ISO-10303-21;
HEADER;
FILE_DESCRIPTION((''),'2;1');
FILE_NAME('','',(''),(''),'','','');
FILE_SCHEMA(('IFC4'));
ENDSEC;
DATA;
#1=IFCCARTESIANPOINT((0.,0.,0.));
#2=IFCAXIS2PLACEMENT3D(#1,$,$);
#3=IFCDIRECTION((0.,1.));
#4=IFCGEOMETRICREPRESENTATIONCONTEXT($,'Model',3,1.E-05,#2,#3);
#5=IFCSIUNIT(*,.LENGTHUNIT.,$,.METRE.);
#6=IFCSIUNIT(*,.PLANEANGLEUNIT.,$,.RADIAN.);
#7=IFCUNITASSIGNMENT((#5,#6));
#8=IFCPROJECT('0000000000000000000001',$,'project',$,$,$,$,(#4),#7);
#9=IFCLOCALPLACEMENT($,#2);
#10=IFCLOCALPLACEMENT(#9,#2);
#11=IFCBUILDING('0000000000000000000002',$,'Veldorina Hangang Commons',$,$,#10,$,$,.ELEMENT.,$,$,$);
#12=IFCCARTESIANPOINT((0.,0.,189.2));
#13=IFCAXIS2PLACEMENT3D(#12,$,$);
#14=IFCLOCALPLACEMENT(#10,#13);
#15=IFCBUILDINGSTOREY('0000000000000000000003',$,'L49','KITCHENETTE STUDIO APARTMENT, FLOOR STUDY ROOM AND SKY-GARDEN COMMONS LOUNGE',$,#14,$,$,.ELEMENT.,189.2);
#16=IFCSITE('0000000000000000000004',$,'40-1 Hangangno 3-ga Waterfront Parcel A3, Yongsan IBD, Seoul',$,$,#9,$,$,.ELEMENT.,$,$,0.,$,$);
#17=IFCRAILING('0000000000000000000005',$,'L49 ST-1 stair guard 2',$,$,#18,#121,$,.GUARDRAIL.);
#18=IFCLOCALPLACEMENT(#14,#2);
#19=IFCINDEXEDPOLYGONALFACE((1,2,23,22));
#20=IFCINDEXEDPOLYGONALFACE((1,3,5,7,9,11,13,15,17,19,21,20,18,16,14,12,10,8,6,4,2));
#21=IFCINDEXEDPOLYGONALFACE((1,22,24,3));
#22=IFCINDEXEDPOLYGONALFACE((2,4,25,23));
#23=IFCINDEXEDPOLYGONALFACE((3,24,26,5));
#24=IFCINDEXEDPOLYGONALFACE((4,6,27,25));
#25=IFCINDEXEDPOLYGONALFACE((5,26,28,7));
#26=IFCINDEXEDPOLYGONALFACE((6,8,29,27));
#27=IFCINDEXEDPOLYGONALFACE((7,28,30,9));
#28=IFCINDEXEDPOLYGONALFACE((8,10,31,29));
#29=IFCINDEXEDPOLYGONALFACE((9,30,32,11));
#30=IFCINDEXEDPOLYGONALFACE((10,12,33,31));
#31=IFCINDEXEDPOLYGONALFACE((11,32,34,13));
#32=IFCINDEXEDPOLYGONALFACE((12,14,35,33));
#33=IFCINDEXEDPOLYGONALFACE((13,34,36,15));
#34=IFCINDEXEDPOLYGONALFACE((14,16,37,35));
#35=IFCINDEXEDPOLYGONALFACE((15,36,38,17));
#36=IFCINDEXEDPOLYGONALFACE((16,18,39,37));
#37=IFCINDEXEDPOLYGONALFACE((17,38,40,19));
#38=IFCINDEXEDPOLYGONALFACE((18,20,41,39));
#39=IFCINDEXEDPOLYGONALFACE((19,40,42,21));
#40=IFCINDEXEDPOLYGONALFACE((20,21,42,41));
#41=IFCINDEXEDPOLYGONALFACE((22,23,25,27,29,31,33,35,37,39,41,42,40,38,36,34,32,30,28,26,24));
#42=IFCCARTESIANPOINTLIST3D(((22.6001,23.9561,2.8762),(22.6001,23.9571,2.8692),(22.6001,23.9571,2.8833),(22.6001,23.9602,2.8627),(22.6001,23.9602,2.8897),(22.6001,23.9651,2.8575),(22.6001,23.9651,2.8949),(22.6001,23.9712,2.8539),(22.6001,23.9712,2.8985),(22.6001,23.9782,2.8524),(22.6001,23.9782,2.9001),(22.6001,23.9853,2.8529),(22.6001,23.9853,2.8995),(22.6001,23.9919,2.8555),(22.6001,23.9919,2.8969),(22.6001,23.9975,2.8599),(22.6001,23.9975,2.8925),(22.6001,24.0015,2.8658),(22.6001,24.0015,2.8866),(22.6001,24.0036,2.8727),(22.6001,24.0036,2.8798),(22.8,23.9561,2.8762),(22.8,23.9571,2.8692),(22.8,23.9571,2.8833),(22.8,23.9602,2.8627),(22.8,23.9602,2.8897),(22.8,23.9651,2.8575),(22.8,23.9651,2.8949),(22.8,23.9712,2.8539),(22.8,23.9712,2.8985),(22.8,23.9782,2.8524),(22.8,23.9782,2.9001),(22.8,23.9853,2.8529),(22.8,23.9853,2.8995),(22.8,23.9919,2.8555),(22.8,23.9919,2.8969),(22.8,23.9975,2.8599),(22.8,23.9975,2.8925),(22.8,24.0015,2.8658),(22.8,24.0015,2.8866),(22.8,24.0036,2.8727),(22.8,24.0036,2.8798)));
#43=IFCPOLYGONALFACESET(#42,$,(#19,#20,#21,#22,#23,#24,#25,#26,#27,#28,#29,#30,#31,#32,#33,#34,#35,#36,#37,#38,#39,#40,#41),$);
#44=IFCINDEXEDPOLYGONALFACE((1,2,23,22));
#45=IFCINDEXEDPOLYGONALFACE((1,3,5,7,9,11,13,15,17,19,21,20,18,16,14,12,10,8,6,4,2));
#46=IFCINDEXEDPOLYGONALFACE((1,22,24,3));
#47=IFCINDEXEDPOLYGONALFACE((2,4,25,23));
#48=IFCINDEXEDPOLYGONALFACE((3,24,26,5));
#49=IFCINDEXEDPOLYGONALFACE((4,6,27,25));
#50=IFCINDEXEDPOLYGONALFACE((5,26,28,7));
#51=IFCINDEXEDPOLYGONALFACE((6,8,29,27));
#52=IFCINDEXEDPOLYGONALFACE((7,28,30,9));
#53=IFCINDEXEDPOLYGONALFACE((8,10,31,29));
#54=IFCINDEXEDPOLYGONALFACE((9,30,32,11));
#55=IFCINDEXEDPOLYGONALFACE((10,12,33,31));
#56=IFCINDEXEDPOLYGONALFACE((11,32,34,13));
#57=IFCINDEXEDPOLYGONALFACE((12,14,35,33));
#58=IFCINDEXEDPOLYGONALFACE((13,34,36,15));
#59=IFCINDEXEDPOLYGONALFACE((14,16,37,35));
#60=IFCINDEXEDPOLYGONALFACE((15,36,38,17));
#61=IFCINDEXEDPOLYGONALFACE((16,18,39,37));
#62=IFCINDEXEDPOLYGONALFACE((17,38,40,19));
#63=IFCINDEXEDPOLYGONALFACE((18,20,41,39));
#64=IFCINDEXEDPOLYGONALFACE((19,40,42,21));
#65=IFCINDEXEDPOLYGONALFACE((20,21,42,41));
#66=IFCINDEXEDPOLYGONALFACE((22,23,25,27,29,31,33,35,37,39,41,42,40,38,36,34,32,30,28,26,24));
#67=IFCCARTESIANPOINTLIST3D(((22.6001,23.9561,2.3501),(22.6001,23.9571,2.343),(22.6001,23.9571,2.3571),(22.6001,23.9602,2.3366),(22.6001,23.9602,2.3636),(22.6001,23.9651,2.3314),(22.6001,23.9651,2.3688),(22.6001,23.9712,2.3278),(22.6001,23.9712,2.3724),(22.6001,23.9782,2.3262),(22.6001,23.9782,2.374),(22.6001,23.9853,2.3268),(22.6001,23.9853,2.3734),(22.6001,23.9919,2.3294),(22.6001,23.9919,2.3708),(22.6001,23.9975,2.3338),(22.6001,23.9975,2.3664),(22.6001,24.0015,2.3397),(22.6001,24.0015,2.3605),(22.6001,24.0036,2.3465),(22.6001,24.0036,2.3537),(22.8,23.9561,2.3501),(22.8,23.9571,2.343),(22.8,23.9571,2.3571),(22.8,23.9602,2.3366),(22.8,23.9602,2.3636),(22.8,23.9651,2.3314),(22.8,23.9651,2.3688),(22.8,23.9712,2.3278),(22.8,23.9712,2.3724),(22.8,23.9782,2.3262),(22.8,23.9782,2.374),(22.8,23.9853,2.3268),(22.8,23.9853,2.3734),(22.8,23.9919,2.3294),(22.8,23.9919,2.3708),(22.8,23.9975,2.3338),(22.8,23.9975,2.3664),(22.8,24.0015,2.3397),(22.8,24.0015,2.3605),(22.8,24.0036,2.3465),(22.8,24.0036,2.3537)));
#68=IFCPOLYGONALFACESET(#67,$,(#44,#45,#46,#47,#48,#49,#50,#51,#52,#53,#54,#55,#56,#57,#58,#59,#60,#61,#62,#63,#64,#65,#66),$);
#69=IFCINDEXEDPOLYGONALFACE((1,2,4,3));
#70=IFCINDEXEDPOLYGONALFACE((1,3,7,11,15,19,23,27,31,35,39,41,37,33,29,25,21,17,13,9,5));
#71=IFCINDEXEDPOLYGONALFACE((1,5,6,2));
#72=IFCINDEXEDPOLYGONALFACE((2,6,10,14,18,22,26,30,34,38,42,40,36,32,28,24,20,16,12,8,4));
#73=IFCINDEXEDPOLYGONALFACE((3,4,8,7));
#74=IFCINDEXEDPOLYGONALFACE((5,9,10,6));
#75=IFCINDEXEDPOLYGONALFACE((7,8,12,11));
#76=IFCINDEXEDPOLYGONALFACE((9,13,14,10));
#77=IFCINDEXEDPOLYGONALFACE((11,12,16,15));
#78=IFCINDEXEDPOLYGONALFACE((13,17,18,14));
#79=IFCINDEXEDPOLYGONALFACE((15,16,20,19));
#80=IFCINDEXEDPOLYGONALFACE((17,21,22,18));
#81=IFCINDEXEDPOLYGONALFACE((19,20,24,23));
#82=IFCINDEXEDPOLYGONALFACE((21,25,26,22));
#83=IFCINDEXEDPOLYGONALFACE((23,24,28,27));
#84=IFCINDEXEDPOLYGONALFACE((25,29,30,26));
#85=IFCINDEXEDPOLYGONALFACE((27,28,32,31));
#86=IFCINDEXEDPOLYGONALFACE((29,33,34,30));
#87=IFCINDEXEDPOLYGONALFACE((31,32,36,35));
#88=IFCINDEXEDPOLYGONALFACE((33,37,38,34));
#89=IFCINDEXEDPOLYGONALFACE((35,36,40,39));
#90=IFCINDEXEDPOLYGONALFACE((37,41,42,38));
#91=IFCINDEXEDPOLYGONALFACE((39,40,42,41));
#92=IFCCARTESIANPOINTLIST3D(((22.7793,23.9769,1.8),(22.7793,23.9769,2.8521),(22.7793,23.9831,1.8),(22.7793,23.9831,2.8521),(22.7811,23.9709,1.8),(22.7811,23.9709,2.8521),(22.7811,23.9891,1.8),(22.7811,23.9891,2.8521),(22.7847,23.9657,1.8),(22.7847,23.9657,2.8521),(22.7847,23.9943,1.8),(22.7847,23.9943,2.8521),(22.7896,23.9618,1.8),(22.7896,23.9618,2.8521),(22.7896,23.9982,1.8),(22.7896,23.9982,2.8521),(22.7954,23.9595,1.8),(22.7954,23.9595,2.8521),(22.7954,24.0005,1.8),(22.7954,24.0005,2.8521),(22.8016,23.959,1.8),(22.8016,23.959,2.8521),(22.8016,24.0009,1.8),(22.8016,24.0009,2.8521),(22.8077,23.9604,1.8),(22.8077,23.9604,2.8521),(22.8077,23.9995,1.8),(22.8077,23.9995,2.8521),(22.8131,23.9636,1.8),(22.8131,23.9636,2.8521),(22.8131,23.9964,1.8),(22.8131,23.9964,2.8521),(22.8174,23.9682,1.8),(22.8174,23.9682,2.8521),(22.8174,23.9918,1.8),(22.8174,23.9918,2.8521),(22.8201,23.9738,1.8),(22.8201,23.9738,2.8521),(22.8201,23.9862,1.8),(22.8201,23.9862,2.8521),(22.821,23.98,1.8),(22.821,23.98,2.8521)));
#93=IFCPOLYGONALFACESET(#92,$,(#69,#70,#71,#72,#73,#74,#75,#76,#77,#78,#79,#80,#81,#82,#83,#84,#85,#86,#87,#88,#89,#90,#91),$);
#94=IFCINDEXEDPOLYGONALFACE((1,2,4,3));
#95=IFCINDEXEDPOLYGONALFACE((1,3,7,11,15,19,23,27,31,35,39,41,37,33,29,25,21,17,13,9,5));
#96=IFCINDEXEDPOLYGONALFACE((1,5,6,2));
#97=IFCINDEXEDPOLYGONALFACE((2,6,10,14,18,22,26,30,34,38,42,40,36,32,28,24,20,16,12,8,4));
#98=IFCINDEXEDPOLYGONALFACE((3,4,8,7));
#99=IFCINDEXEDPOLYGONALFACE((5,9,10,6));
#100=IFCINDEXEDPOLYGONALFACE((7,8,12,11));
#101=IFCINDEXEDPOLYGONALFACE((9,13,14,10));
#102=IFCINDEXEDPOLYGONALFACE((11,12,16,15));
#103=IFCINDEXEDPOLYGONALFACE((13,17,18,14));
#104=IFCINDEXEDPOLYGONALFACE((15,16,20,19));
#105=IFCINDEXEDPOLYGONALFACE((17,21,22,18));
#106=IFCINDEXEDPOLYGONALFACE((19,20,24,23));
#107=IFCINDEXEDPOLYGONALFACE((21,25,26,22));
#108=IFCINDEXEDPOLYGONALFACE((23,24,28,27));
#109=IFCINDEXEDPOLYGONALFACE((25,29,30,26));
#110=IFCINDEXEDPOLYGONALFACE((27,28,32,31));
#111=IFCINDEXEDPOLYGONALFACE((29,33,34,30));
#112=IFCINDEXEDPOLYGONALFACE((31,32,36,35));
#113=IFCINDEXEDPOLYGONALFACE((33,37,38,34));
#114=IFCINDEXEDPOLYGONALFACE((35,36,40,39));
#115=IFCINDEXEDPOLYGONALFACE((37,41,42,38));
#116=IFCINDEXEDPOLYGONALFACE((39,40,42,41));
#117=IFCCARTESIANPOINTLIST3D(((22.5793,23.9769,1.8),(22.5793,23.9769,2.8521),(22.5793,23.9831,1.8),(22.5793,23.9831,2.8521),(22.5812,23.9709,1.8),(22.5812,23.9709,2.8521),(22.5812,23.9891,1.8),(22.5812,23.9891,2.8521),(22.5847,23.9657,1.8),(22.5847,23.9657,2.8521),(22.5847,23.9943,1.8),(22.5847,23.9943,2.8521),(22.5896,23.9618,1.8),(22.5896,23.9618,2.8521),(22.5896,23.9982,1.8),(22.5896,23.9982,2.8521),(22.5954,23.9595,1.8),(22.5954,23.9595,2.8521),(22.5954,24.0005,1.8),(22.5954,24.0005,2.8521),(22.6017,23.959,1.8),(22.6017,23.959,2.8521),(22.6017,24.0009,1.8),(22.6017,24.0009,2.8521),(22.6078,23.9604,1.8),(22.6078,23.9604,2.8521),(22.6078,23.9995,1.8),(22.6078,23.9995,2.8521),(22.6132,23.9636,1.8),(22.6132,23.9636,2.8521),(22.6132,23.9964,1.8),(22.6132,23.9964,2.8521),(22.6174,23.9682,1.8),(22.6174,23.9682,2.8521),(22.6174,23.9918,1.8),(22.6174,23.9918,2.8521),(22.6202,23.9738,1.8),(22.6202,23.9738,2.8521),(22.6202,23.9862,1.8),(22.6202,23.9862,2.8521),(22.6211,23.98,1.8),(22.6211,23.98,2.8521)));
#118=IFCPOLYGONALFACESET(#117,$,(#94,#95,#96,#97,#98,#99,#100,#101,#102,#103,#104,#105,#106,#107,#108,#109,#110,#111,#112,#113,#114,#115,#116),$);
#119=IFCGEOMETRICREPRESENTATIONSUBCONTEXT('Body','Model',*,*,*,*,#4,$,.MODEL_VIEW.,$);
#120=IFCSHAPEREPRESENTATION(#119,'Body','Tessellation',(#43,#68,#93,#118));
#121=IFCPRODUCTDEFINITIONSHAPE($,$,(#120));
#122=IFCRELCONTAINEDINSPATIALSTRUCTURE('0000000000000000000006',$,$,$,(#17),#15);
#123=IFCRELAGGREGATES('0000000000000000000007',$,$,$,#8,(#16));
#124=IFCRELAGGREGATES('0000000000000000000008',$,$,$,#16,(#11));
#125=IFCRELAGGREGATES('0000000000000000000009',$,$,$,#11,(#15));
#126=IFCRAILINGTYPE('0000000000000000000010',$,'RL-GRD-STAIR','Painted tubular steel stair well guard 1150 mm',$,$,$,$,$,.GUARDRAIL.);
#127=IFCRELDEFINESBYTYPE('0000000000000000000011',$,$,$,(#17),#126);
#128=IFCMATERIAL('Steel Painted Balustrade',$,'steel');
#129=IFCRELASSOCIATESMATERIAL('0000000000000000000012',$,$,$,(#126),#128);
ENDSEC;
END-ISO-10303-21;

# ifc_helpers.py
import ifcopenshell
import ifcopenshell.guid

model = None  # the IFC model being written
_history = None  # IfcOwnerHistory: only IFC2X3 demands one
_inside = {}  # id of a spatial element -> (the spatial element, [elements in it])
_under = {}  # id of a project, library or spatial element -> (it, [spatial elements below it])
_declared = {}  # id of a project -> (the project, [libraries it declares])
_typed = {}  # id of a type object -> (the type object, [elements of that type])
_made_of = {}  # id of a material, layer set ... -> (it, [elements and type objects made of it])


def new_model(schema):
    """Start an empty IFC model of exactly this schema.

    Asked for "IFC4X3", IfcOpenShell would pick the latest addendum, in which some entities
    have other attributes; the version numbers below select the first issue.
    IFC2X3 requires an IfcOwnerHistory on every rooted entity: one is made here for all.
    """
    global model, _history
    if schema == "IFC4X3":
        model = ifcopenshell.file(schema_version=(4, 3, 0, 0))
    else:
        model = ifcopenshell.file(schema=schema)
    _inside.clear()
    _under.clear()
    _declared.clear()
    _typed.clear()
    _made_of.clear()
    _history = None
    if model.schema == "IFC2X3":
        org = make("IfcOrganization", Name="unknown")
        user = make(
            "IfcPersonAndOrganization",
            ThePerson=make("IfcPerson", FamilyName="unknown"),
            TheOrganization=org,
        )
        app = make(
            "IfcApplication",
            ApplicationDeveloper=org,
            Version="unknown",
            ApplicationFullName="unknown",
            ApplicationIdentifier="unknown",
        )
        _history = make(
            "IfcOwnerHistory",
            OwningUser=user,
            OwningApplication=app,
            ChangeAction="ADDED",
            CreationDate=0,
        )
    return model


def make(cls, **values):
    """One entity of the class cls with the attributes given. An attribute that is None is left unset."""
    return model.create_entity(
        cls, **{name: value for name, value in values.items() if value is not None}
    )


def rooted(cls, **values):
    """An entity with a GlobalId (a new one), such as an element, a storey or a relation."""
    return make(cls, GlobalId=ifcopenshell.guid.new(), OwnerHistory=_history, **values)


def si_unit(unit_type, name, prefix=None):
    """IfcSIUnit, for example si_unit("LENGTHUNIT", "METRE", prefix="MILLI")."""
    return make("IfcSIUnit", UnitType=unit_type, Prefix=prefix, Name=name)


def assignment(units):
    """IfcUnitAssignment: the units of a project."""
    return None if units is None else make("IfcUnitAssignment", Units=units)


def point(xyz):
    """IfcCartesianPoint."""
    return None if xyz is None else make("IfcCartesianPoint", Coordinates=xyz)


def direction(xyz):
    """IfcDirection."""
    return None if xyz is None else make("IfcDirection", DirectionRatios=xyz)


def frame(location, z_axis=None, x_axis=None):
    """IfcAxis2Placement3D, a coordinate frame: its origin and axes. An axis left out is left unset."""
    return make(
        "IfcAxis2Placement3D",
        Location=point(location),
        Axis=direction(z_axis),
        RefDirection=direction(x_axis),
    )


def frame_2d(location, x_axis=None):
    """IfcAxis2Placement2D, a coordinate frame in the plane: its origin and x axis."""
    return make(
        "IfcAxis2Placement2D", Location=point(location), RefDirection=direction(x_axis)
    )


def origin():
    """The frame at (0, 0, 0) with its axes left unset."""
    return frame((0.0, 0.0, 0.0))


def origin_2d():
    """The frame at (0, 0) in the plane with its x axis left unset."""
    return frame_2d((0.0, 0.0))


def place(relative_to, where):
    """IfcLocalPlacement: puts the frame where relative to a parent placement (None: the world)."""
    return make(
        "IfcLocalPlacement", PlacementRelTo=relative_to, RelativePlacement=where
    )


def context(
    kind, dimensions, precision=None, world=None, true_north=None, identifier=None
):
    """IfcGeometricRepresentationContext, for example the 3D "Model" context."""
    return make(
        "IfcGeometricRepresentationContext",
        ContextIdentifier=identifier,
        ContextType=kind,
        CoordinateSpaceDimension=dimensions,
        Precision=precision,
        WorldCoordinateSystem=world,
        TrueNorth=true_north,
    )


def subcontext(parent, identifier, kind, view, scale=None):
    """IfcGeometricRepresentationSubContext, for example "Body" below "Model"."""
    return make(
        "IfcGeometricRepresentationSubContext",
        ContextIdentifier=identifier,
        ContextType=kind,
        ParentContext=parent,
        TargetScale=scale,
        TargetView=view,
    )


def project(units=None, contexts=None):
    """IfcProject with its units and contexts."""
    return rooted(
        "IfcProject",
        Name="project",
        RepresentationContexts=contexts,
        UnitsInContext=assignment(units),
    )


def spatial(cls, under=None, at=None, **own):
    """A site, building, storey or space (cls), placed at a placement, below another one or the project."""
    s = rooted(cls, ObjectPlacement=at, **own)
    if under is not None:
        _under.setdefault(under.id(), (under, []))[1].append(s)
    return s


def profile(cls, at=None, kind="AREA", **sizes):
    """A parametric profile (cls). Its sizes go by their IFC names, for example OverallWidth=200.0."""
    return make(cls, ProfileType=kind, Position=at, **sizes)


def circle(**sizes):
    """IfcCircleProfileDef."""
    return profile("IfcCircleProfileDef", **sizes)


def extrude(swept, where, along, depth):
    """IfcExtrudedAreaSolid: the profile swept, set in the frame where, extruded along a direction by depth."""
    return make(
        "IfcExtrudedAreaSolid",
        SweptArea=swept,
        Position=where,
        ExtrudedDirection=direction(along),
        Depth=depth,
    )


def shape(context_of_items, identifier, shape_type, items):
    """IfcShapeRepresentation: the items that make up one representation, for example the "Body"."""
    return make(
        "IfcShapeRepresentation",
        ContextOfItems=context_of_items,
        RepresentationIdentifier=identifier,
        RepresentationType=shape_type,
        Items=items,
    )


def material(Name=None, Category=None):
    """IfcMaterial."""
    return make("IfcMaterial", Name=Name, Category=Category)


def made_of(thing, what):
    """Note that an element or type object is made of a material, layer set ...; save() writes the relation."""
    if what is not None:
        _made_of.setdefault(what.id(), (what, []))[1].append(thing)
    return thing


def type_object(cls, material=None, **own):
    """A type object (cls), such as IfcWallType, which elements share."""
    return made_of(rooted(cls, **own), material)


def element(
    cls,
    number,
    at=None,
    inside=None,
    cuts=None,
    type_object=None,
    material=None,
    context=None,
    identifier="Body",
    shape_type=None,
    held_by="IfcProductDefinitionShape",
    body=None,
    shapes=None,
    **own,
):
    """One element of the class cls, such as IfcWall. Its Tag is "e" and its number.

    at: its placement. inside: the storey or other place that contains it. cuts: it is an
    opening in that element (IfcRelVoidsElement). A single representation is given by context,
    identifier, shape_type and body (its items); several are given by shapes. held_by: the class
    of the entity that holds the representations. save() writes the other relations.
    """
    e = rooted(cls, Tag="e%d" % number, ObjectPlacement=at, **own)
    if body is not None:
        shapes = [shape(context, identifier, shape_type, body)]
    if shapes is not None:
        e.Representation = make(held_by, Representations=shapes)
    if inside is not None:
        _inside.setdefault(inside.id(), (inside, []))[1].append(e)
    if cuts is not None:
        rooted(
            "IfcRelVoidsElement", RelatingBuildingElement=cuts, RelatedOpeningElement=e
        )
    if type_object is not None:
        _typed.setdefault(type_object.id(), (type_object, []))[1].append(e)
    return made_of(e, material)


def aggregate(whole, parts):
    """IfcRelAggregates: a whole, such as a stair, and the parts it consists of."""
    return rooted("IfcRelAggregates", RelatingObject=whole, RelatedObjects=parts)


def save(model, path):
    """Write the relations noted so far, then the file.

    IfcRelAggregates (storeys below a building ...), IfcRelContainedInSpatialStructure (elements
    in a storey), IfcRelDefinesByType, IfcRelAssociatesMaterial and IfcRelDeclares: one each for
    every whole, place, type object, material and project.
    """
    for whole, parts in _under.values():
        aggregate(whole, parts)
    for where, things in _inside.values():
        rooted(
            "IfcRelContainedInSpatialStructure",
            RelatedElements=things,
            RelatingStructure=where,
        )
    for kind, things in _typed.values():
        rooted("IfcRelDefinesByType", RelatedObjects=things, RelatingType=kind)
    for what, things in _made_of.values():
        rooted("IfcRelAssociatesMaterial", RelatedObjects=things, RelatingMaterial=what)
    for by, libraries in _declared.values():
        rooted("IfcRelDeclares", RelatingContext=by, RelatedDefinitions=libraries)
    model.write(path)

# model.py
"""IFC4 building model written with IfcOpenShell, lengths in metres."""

from ifc_helpers import new_model, si_unit, direction, frame, origin, origin_2d, place, context, subcontext, project, spatial, circle, extrude, material, type_object, element, save


model = new_model("IFC4")

# Units and contexts
model_context = context("Model", 3, precision=1e-05, world=origin(), true_north=direction((0.0, 1.0)))
body_context = subcontext(model_context, "Body", "Model", "MODEL_VIEW")
ifc_project = project(units=[si_unit("LENGTHUNIT", "METRE"), si_unit("PLANEANGLEUNIT", "RADIAN")], contexts=[model_context])

# Site, building, storey
site_placement = place(None, origin())
site = spatial("IfcSite", under=ifc_project, at=site_placement, Name="40-1 Hangangno 3-ga Waterfront Parcel A3, Yongsan IBD, Seoul", CompositionType="ELEMENT", RefElevation=0.0)
building_placement = place(site_placement, origin())
building = spatial("IfcBuilding", under=site, at=building_placement, Name="Veldorina Hangang Commons", CompositionType="ELEMENT")
storey_placement = place(building_placement, frame((0.0, 0.0, 189.2)))
storey = spatial("IfcBuildingStorey", under=building, at=storey_placement, Name="L49", Description="KITCHENETTE STUDIO APARTMENT, FLOOR STUDY ROOM AND SKY-GARDEN COMMONS LOUNGE", CompositionType="ELEMENT", Elevation=189.2)

# Railing
ifc_material_1 = material(Name="Steel Painted Balustrade", Category="steel")
railing_type = type_object("IfcRailingType", Name="RL-GRD-STAIR", Description="Painted tubular steel stair well guard 1150 mm", PredefinedType="GUARDRAIL", material=ifc_material_1)
railing_1_placement = place(storey_placement, frame((22.8, 23.98, 1.8)))
element("IfcRailing", 1, at=railing_1_placement, inside=storey, type_object=railing_type, Name="L49 ST-1 stair guard 2", PredefinedType="GUARDRAIL", context=body_context, shape_type="SweptSolid", body=[
    extrude(circle(Radius=0.0239, at=origin_2d()), frame((0.0, 0.0, 1.0762), z_axis=(-1.0, 0.0, 0.0), x_axis=(0.0, -1.0, 0.0)), (0.0, 0.0, 1.0), 0.2),
    extrude(circle(Radius=0.0239, at=origin_2d()), frame((0.0, 0.0, 0.55), z_axis=(-1.0, 0.0, 0.0), x_axis=(0.0, -1.0, 0.0)), (0.0, 0.0, 1.0), 0.2),
    extrude(circle(Radius=0.021, at=origin_2d()), origin(), (0.0, 0.0, 1.0), 1.052),
    extrude(circle(Radius=0.021, at=origin_2d()), frame((-0.2, 0.0, 0.0)), (0.0, 0.0, 1.0), 1.052),
])

save(model, "model.ifc")
